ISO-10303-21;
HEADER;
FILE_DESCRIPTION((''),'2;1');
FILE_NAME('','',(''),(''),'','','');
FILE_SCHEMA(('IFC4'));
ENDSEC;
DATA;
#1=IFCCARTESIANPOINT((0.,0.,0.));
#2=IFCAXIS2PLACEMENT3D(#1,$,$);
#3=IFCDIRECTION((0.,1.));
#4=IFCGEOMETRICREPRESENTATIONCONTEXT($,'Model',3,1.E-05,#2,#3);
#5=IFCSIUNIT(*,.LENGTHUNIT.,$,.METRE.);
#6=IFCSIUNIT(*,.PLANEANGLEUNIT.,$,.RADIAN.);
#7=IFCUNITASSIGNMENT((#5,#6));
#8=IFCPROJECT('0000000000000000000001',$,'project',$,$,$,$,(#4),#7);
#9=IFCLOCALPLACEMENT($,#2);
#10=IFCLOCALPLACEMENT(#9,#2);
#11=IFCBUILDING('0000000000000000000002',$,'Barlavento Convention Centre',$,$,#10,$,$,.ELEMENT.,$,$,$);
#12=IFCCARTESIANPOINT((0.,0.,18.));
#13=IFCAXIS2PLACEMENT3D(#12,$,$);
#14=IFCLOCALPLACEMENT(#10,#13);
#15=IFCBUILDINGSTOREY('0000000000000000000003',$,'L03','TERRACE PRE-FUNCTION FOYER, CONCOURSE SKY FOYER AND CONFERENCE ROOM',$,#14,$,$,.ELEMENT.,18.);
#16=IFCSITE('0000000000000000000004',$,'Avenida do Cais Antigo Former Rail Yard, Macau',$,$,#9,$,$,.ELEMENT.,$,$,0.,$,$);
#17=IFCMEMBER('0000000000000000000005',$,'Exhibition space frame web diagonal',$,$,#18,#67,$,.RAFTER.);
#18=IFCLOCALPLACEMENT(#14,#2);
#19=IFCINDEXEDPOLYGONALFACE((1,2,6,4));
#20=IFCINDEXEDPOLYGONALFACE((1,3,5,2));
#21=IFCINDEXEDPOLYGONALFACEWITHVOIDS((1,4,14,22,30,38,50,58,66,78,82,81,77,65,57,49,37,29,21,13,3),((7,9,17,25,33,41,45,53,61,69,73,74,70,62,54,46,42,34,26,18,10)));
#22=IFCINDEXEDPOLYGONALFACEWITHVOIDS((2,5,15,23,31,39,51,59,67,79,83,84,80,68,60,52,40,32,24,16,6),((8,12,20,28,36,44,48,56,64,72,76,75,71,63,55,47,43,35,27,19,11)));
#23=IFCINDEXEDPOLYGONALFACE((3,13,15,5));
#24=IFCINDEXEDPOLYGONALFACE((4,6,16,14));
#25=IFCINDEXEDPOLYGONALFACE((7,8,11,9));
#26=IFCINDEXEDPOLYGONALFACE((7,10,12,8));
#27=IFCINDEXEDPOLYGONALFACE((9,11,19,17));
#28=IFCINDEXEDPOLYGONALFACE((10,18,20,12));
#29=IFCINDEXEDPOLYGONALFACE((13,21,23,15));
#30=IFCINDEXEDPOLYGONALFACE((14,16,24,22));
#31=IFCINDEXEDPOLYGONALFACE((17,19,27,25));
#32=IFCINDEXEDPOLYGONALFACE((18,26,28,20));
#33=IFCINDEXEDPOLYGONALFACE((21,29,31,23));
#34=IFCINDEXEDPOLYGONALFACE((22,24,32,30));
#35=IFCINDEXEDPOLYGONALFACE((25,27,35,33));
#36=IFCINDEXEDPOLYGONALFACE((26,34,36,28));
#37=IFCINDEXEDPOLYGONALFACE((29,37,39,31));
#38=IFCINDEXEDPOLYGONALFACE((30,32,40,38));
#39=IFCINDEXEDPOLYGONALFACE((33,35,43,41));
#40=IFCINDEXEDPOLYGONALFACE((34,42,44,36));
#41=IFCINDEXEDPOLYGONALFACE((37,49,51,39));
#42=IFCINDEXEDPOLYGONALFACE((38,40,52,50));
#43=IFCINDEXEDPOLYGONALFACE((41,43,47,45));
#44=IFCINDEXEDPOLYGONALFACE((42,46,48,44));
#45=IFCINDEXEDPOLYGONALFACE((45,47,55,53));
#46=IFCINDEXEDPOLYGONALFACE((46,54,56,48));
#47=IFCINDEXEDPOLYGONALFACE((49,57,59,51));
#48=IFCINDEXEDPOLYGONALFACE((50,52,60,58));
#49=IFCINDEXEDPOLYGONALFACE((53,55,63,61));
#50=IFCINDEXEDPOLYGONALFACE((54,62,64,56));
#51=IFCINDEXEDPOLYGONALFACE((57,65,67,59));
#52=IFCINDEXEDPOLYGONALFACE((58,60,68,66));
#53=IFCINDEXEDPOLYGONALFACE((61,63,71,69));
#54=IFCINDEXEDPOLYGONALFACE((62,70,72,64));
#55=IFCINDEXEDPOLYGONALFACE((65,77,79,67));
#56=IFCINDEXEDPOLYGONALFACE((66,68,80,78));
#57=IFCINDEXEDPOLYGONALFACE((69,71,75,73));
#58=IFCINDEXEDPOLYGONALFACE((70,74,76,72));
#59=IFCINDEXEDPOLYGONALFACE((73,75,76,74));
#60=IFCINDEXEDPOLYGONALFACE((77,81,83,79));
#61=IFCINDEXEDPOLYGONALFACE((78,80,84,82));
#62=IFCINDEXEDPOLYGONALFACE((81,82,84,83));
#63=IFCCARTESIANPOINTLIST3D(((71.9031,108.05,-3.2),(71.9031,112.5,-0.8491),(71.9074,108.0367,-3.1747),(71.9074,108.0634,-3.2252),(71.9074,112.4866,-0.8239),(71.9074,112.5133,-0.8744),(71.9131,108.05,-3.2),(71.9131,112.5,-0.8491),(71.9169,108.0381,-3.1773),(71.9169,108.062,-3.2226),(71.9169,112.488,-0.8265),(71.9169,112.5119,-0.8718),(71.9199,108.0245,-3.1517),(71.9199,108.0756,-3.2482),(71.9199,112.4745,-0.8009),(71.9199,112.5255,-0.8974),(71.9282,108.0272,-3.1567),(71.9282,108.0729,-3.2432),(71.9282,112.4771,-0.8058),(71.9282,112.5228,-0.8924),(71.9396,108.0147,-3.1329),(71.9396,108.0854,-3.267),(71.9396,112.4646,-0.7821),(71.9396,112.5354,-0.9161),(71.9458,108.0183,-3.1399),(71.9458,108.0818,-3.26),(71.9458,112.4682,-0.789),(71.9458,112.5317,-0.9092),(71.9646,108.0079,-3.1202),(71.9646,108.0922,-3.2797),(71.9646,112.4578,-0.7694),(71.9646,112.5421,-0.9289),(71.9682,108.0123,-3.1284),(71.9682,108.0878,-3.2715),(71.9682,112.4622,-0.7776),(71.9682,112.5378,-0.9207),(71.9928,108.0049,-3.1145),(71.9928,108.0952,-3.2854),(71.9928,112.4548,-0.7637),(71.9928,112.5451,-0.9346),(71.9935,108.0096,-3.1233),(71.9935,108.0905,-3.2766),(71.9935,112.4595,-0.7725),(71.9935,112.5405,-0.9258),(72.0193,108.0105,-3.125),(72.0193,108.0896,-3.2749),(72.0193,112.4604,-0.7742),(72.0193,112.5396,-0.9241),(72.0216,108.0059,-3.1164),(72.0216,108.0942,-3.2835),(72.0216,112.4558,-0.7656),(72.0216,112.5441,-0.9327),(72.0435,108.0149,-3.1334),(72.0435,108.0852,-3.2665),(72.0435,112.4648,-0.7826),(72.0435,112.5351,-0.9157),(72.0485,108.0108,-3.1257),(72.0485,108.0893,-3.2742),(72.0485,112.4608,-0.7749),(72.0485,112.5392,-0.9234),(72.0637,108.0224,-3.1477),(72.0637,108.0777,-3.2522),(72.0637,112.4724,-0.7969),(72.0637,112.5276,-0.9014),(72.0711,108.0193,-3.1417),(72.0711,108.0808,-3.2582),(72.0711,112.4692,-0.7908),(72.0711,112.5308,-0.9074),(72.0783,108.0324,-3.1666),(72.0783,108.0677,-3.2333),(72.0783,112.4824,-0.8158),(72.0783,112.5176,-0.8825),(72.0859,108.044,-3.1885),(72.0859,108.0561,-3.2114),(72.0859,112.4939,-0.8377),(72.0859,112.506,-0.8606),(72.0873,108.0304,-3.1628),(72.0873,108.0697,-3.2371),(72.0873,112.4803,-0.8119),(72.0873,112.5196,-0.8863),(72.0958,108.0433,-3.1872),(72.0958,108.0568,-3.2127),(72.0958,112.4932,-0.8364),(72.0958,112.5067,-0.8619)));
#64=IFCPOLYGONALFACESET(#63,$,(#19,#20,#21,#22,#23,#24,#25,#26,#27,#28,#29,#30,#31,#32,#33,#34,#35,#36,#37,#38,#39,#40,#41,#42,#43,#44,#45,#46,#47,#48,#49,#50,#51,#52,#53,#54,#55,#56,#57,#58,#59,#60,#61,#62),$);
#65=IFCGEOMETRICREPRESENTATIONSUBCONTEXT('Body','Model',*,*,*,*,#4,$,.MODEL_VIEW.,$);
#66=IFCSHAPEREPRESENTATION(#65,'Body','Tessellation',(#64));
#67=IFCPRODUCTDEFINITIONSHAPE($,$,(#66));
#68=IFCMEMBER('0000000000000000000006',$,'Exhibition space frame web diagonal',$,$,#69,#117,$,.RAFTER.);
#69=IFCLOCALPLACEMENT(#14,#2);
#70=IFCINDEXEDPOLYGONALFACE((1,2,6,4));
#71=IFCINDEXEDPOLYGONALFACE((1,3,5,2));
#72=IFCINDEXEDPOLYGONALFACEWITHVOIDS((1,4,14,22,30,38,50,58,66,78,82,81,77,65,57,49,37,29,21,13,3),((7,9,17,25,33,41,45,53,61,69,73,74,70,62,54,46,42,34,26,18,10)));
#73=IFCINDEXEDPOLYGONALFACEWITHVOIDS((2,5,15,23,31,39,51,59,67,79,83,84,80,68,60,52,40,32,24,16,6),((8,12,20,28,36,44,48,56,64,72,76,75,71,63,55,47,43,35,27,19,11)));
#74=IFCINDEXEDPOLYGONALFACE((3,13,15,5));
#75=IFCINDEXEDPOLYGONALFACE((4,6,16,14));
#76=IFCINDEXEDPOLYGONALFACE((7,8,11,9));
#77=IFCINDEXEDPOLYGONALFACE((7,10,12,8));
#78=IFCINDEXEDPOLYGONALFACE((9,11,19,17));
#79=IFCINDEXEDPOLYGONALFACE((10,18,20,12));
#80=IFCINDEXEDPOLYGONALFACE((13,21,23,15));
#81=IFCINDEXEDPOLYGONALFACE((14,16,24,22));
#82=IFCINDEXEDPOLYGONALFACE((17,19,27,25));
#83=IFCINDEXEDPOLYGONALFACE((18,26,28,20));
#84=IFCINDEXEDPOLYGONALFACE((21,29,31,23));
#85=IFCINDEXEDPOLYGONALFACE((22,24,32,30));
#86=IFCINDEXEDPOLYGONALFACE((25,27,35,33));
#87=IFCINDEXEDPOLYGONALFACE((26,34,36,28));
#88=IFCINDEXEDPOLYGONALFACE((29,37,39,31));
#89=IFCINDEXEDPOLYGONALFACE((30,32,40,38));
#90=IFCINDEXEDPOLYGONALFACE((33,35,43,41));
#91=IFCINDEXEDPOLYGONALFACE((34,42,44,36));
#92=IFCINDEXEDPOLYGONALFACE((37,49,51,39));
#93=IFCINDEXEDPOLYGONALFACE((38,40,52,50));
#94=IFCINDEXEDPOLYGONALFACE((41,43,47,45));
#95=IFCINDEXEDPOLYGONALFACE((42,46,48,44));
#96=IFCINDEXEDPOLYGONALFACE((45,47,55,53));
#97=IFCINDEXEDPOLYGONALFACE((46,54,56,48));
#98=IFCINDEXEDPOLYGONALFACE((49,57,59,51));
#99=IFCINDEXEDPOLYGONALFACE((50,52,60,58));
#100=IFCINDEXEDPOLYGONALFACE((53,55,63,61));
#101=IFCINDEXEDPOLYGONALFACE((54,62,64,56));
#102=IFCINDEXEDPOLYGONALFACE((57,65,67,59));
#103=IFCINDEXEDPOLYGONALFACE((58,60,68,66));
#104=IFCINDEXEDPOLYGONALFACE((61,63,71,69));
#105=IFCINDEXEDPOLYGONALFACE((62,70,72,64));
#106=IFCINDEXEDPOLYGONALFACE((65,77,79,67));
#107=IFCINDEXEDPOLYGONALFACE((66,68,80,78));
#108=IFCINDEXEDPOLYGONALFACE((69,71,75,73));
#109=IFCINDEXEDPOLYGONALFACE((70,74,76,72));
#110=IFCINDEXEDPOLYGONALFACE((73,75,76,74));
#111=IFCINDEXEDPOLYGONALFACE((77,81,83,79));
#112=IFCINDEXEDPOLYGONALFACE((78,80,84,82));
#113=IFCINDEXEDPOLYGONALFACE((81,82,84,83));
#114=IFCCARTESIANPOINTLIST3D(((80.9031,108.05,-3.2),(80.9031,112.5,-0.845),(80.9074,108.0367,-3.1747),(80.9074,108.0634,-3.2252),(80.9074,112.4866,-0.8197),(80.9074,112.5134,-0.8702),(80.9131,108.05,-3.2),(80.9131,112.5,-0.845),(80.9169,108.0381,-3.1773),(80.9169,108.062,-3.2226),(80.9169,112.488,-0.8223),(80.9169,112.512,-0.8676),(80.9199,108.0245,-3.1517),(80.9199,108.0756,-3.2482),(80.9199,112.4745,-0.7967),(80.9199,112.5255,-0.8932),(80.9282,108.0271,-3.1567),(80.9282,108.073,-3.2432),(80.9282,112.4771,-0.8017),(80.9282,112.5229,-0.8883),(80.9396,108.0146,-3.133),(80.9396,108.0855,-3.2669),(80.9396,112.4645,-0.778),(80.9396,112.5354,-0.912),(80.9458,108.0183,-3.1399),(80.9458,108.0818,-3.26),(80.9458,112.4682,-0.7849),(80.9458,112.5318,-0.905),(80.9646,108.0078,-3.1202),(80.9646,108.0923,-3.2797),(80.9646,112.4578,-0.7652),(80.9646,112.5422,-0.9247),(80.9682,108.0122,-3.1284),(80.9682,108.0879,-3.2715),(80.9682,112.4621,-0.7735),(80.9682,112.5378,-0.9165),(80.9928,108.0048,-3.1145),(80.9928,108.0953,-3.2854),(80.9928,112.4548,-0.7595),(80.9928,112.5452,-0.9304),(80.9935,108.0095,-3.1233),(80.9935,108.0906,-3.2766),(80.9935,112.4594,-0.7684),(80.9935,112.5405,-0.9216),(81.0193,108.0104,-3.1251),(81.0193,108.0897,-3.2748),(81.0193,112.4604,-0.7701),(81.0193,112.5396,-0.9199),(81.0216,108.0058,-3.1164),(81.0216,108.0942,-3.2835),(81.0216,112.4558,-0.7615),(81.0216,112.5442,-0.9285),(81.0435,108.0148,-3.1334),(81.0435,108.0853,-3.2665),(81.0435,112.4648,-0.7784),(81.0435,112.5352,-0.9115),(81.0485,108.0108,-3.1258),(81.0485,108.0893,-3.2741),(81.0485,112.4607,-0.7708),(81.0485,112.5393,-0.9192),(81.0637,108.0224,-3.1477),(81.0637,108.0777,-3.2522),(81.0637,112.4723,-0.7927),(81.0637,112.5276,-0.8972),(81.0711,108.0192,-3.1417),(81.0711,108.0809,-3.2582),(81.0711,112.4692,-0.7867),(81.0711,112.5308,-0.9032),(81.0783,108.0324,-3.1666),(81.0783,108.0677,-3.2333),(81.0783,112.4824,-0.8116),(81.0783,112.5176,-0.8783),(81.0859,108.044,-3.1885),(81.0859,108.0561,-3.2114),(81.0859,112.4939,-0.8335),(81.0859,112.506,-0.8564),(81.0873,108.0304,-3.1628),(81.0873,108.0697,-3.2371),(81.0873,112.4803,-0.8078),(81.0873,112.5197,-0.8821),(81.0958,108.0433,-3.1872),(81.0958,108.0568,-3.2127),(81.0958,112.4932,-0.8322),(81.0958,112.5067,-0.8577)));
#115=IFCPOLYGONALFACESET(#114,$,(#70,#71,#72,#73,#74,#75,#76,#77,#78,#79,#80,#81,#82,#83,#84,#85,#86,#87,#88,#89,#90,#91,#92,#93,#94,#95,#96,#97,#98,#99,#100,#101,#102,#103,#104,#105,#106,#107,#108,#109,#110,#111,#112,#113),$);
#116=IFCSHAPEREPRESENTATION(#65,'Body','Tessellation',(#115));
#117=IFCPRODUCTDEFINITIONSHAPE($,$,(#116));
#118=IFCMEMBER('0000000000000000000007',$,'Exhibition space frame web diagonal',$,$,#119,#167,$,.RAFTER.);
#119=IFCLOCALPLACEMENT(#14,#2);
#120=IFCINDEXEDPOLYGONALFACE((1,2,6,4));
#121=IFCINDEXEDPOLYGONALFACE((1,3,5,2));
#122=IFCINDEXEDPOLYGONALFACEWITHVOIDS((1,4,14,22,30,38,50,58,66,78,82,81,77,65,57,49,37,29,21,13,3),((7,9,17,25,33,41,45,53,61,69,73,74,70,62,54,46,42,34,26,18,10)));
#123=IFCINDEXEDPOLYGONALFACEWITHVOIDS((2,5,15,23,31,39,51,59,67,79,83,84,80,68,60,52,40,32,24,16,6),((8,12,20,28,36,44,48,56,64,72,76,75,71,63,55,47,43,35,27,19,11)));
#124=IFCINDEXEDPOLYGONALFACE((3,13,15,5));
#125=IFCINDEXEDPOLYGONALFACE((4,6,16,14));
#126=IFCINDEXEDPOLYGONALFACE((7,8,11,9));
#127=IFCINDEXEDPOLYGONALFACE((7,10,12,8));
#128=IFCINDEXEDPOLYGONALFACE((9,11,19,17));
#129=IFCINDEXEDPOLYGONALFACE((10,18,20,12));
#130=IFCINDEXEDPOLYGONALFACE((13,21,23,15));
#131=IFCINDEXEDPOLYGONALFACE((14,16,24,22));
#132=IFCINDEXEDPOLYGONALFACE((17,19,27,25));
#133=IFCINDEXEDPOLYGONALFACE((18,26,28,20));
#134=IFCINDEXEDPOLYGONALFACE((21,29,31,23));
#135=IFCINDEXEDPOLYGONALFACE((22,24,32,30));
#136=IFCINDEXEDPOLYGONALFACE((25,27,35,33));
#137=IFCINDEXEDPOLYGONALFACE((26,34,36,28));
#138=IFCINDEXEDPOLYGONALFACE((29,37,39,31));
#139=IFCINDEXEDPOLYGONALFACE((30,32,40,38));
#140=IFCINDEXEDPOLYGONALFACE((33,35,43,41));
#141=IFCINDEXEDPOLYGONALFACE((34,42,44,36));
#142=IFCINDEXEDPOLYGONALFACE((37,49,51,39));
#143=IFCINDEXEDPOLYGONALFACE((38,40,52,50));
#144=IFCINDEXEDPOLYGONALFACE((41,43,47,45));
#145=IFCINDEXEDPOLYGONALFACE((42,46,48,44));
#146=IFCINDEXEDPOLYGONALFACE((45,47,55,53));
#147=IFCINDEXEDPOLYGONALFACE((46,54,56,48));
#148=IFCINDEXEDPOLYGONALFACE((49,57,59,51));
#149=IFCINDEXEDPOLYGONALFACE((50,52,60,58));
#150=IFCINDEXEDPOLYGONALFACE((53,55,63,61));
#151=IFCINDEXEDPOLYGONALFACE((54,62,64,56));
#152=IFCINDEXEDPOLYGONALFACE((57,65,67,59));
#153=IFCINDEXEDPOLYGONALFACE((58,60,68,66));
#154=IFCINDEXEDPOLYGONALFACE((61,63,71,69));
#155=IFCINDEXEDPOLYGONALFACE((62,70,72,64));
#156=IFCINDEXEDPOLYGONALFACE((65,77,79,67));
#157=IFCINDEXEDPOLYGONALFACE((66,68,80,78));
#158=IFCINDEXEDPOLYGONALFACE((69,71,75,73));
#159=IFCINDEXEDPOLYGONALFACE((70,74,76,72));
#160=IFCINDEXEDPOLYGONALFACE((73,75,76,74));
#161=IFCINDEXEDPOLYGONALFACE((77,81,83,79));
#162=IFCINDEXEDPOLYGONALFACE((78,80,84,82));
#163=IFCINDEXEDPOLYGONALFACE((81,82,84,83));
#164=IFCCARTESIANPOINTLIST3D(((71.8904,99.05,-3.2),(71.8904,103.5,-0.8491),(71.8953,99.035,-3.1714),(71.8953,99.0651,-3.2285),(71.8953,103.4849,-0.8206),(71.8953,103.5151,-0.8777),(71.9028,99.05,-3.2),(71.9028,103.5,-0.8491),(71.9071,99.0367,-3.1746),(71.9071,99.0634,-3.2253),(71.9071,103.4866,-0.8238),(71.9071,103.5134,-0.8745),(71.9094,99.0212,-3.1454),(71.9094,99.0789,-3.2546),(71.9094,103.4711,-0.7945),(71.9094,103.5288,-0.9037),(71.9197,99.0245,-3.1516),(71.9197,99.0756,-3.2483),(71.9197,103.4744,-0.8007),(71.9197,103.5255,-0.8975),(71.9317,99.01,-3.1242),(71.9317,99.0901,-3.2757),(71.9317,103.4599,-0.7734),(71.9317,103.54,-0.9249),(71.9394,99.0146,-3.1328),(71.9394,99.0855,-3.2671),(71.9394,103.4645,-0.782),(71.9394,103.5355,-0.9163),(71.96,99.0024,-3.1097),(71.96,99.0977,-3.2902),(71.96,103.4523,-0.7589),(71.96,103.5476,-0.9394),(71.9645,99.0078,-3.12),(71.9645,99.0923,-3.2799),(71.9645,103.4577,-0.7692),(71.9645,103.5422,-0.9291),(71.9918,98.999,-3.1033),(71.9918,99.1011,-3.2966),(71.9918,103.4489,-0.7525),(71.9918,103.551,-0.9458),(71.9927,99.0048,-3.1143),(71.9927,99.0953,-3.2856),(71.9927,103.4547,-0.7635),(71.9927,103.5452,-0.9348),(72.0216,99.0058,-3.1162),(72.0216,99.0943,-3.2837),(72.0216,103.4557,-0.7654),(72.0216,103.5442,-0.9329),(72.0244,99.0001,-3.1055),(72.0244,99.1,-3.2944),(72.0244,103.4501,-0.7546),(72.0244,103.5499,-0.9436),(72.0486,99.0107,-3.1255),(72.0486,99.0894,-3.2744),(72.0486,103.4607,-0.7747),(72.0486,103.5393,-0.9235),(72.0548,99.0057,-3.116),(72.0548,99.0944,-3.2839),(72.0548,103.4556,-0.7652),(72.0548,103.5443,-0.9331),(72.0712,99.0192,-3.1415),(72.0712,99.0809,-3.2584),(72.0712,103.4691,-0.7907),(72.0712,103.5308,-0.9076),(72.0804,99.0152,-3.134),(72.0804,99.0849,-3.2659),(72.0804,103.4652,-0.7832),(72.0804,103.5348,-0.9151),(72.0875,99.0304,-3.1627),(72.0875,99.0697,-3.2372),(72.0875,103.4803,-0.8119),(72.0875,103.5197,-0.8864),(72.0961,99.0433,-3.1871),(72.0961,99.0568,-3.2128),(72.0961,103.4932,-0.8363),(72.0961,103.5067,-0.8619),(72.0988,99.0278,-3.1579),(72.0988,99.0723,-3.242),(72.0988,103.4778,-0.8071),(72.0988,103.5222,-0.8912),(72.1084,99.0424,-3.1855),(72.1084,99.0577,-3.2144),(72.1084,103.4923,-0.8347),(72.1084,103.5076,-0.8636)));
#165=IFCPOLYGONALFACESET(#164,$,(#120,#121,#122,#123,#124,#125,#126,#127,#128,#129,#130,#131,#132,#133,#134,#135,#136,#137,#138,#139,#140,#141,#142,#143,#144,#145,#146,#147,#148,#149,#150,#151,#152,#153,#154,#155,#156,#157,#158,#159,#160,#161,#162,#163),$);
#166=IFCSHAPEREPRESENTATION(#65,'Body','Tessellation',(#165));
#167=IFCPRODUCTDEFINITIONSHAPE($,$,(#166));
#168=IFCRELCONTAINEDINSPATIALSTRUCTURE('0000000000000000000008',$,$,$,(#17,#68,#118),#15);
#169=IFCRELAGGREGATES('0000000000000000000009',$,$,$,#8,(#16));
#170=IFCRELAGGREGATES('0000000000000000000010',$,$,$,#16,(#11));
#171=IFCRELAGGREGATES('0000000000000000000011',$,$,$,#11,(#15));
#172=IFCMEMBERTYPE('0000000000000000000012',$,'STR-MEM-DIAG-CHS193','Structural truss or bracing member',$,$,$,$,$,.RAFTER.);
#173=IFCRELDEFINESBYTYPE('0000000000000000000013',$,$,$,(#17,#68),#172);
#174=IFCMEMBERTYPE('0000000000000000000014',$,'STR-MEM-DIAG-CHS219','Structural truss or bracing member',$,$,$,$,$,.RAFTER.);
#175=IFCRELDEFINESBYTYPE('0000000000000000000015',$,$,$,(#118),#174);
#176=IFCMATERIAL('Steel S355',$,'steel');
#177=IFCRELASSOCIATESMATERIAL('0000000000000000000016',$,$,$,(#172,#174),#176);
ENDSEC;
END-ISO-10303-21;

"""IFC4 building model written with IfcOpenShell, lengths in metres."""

from ifc_helpers import new_model, si_unit, direction, frame, origin, origin_2d, place, context, subcontext, project, spatial, hollow_circle, extrude, material, material_profile, profile_set, type_object, element, save


model = new_model("IFC4")

# Units and contexts
model_context = context("Model", 3, precision=1e-05, world=origin(), true_north=direction((0.0, 1.0)))
body_context = subcontext(model_context, "Body", "Model", "MODEL_VIEW")
ifc_project = project(units=[si_unit("LENGTHUNIT", "METRE"), si_unit("PLANEANGLEUNIT", "RADIAN")], contexts=[model_context])

# Site, building, storey
site_placement = place(None, origin())
site = spatial("IfcSite", under=ifc_project, at=site_placement, Name="Avenida do Cais Antigo Former Rail Yard, Macau", CompositionType="ELEMENT", RefElevation=0.0)
building_placement = place(site_placement, origin())
building = spatial("IfcBuilding", under=site, at=building_placement, Name="Barlavento Convention Centre", CompositionType="ELEMENT")
storey_placement = place(building_placement, frame((0.0, 0.0, 18.0)))
storey = spatial("IfcBuildingStorey", under=building, at=storey_placement, Name="L03", Description="TERRACE PRE-FUNCTION FOYER, CONCOURSE SKY FOYER AND CONFERENCE ROOM", CompositionType="ELEMENT", Elevation=18.0)

# Shared definitions
ifc_material_1 = material(Name="Steel S355", Category="steel")

# Members
ifc_material_profile_1 = material_profile(ifc_material_1, hollow_circle(Radius=0.0969, WallThickness=0.01, at=origin_2d()), Name="CHS 193.7x10.0")
ifc_profile_set_1 = profile_set([ifc_material_profile_1], Name="Steel S355")
member_type_1 = type_object("IfcMemberType", Name="STR-MEM-DIAG-CHS193", Description="Structural truss or bracing member", PredefinedType="RAFTER", material=ifc_profile_set_1)
member_1_placement = place(storey_placement, frame((72.0, 108.05, -3.2), z_axis=(0.0, 0.884201, 0.467107), x_axis=(-1.0, 0.0, 0.0)))
element("IfcMember", 1, at=member_1_placement, inside=storey, type_object=member_type_1, Name="Exhibition space frame web diagonal", PredefinedType="RAFTER", context=body_context, shape_type="SweptSolid", body=[
    extrude(hollow_circle(Radius=0.0969, WallThickness=0.01, at=origin_2d()), origin(), (0.0, 0.0, 1.0), 5.0327),
])
member_2_placement = place(storey_placement, frame((81.0, 108.05, -3.2), z_axis=(0.0, 0.88386, 0.467752), x_axis=(-1.0, 0.0, 0.0)))
element("IfcMember", 2, at=member_2_placement, inside=storey, type_object=member_type_1, Name="Exhibition space frame web diagonal", PredefinedType="RAFTER", context=body_context, shape_type="SweptSolid", body=[
    extrude(hollow_circle(Radius=0.0969, WallThickness=0.01, at=origin_2d()), origin(), (0.0, 0.0, 1.0), 5.0347),
])
ifc_material_profile_2 = material_profile(ifc_material_1, hollow_circle(Radius=0.1096, WallThickness=0.0125, at=origin_2d()), Name="CHS 219.1x12.5")
ifc_profile_set_2 = profile_set([ifc_material_profile_2], Name="Steel S355")
member_type_2 = type_object("IfcMemberType", Name="STR-MEM-DIAG-CHS219", Description="Structural truss or bracing member", PredefinedType="RAFTER", material=ifc_profile_set_2)
member_3_placement = place(storey_placement, frame((72.0, 99.05, -3.2), z_axis=(0.0, 0.884201, 0.467107), x_axis=(-1.0, 0.0, 0.0)))
element("IfcMember", 3, at=member_3_placement, inside=storey, type_object=member_type_2, Name="Exhibition space frame web diagonal", PredefinedType="RAFTER", context=body_context, shape_type="SweptSolid", body=[
    extrude(hollow_circle(Radius=0.1096, WallThickness=0.0125, at=origin_2d()), origin(), (0.0, 0.0, 1.0), 5.0327),
])

save(model, "model.ifc")
